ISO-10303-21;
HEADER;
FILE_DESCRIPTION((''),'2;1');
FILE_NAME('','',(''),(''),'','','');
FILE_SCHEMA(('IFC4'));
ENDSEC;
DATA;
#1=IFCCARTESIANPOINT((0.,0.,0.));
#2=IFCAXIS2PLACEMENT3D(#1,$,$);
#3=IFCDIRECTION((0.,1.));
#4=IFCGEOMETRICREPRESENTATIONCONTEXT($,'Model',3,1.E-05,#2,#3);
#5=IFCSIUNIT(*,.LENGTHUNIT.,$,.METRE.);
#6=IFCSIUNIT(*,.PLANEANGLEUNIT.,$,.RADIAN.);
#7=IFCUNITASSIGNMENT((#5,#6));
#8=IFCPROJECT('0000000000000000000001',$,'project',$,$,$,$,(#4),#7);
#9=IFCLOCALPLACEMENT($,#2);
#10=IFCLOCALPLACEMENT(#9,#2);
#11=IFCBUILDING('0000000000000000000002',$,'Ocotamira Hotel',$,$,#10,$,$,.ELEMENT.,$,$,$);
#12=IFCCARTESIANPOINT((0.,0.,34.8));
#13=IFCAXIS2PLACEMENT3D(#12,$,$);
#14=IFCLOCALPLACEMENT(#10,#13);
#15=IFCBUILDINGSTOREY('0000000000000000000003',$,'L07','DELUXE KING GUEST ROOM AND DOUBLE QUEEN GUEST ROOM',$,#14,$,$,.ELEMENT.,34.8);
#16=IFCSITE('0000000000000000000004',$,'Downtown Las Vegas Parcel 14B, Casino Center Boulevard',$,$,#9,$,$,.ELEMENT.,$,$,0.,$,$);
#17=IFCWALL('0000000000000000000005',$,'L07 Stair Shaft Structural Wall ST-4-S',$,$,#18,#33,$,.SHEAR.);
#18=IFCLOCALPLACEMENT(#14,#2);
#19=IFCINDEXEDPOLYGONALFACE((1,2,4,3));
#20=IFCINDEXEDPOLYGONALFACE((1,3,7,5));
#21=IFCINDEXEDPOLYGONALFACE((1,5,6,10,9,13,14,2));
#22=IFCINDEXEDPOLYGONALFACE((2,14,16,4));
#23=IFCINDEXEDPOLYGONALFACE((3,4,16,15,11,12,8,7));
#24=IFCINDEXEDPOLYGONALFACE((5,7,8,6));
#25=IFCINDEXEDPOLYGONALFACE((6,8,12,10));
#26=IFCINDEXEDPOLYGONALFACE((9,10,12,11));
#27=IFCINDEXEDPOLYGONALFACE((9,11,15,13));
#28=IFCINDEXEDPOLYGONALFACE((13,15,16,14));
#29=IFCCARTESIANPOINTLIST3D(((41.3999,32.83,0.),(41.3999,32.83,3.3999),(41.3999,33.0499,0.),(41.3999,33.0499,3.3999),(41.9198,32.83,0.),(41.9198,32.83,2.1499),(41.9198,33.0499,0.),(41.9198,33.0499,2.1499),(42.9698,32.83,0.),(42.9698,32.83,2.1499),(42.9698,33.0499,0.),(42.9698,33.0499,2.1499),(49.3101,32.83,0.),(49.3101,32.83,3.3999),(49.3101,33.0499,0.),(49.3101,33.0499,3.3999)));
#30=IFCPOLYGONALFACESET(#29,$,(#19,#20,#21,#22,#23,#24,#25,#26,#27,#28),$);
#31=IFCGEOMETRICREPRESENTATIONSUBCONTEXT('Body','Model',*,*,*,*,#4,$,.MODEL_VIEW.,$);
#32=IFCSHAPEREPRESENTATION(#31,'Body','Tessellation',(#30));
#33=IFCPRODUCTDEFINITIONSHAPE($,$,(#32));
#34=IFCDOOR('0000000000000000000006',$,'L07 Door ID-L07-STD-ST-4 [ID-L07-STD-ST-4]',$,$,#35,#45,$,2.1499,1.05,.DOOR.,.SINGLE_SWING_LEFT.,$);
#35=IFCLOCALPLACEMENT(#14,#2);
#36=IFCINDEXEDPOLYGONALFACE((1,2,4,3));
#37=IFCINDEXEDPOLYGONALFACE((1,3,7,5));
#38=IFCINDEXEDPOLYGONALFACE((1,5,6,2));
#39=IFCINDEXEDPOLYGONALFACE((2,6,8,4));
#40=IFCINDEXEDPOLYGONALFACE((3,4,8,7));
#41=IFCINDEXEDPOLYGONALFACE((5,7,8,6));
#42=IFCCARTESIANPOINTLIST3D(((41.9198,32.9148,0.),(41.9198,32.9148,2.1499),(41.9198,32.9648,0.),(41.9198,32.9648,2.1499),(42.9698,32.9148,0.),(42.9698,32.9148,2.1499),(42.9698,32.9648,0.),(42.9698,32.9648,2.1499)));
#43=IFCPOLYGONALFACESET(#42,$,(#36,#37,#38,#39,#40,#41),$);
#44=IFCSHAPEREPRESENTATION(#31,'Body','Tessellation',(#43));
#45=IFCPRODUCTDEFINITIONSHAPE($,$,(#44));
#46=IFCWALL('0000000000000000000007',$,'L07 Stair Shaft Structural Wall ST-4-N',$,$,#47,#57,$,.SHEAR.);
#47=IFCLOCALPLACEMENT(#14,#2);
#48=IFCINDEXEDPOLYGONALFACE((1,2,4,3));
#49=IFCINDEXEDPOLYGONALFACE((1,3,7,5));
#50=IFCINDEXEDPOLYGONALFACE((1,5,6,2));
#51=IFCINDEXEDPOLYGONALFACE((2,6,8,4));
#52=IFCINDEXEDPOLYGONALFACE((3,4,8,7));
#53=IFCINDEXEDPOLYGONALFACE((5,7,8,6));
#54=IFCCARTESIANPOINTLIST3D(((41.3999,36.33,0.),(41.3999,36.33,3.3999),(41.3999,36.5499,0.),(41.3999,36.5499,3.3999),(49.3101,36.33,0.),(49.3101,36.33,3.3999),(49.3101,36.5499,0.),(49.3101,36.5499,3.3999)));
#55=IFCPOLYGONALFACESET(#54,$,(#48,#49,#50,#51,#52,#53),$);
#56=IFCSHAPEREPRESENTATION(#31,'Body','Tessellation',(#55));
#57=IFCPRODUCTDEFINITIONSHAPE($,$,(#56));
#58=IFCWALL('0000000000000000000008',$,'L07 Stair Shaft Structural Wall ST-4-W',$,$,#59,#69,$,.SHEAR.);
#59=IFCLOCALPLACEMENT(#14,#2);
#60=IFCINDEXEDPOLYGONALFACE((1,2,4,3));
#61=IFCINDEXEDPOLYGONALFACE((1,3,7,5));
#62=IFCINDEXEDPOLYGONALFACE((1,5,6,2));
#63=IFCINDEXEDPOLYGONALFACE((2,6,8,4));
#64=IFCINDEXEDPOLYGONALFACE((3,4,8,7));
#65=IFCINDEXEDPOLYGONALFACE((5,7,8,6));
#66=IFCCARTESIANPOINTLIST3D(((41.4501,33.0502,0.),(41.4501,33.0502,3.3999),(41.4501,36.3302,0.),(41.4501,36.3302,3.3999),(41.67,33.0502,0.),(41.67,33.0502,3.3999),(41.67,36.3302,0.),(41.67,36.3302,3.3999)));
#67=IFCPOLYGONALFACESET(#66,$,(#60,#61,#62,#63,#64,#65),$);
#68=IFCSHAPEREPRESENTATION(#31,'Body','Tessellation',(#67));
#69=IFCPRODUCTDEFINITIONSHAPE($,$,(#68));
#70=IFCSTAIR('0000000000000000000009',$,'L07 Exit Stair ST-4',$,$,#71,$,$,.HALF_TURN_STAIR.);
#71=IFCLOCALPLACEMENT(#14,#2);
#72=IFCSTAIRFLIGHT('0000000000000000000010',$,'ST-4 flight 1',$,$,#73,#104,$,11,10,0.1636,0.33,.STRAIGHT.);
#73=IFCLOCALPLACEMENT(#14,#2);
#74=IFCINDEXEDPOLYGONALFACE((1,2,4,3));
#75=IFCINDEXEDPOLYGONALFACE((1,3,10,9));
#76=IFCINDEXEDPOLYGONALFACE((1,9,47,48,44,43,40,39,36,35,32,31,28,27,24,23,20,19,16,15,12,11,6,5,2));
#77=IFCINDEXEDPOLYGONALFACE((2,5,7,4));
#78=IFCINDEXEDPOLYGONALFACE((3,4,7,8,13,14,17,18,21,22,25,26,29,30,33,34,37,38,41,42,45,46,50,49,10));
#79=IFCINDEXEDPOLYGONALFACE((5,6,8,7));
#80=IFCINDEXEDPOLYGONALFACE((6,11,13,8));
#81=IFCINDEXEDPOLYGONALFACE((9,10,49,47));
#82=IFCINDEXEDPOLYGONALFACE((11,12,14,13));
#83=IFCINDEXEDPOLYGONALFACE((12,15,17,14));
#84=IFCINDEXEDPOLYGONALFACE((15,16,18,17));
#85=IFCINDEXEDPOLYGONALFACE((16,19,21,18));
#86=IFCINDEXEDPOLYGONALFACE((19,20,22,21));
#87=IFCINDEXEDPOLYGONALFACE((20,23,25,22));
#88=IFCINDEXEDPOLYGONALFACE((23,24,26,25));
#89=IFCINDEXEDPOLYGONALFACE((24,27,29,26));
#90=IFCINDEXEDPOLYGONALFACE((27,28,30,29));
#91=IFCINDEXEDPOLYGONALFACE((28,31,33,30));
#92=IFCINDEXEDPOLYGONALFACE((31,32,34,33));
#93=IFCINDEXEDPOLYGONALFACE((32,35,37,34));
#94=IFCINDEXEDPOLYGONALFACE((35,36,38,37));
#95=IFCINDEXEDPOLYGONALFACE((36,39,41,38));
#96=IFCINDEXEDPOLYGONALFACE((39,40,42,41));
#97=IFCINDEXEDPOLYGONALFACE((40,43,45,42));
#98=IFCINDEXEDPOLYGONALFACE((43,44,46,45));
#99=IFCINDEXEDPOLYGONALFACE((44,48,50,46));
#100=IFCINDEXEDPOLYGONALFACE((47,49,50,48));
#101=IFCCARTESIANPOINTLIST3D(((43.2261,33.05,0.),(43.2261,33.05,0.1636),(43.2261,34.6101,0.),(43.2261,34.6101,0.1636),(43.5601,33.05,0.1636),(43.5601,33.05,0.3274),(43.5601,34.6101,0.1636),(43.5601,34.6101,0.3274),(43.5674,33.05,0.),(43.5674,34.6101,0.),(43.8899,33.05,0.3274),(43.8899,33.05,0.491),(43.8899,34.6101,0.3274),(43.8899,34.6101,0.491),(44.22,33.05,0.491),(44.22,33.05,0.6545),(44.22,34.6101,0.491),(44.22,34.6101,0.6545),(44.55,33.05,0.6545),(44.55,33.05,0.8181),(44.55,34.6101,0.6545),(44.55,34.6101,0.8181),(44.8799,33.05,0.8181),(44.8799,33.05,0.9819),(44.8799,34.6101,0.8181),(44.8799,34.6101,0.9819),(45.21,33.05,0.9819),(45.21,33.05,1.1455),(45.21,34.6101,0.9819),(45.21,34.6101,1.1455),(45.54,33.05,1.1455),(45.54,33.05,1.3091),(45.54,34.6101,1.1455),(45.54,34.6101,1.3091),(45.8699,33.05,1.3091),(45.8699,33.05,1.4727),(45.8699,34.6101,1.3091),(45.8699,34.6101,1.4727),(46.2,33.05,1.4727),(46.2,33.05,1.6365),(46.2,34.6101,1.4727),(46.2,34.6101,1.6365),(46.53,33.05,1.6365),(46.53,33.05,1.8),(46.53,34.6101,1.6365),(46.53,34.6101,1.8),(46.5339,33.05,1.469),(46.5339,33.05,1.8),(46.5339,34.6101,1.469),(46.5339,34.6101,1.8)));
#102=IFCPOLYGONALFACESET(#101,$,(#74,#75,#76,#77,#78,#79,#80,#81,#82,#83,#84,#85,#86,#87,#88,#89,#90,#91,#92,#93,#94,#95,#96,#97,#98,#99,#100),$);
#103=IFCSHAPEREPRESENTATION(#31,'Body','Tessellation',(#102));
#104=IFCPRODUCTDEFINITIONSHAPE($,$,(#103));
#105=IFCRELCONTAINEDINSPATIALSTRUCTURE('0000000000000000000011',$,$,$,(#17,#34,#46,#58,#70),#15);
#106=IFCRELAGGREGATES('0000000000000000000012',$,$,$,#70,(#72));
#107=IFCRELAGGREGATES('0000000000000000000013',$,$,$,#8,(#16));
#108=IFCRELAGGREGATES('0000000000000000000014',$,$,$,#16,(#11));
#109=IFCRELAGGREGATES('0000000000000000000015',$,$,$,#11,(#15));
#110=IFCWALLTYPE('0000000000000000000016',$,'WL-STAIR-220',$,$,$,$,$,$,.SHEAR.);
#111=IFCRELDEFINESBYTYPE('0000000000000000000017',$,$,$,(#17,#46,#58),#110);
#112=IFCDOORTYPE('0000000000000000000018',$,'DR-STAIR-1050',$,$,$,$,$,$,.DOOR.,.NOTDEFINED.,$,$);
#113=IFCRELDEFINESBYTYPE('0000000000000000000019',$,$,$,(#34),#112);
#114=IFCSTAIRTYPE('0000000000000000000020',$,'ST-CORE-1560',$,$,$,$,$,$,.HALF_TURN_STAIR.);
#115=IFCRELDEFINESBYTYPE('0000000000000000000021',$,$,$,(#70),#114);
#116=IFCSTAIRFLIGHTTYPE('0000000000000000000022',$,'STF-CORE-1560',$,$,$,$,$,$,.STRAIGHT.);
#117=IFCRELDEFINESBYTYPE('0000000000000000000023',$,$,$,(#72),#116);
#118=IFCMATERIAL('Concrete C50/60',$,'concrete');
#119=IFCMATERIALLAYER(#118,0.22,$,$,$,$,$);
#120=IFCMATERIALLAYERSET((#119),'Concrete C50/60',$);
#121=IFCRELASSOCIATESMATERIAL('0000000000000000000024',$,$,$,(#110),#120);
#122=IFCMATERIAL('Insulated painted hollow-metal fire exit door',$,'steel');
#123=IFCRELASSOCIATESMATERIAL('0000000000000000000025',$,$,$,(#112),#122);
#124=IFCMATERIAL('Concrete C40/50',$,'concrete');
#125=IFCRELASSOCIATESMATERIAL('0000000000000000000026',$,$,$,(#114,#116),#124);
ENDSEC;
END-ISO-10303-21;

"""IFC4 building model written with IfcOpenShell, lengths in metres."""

from ifc_helpers import new_model, si_unit, direction, frame, frame_2d, origin, place, context, subcontext, project, spatial, polyline, rectangle, outline, extrude, source, transform, mapped, material, layer, layer_set, type_object, element, fill, aggregate, save


model = new_model("IFC4")

# Units and contexts
model_context = context("Model", 3, precision=1e-05, world=origin(), true_north=direction((0.0, 1.0)))
body_context = subcontext(model_context, "Body", "Model", "MODEL_VIEW")
ifc_project = project(units=[si_unit("LENGTHUNIT", "METRE"), si_unit("PLANEANGLEUNIT", "RADIAN")], contexts=[model_context])

# Site, building, storey
site_placement = place(None, origin())
site = spatial("IfcSite", under=ifc_project, at=site_placement, Name="Downtown Las Vegas Parcel 14B, Casino Center Boulevard", CompositionType="ELEMENT", RefElevation=0.0)
building_placement = place(site_placement, origin())
building = spatial("IfcBuilding", under=site, at=building_placement, Name="Ocotamira Hotel", CompositionType="ELEMENT")
storey_placement = place(building_placement, frame((0.0, 0.0, 34.8)))
storey = spatial("IfcBuildingStorey", under=building, at=storey_placement, Name="L07", Description="DELUXE KING GUEST ROOM AND DOUBLE QUEEN GUEST ROOM", CompositionType="ELEMENT", Elevation=34.8)

# Wall, opening, door
ifc_material_1 = material(Name="Concrete C50/60", Category="concrete")
ifc_layer_1 = layer(ifc_material_1, 0.22)
ifc_layer_set_1 = layer_set([ifc_layer_1], Name="Concrete C50/60")
wall_type_1 = type_object("IfcWallType", Name="WL-STAIR-220", PredefinedType="SHEAR", material=ifc_layer_set_1)
wall_1_placement = place(storey_placement, frame((41.3999, 32.9399, 0.0), z_axis=(0.0, 0.0, 1.0), x_axis=(1.0, 0.0, 0.0)))
wall_1 = element("IfcWall", 1, at=wall_1_placement, inside=storey, type_object=wall_type_1, Name="L07 Stair Shaft Structural Wall ST-4-S", PredefinedType="SHEAR", context=body_context, shape_type="SweptSolid", body=[
    extrude(rectangle(XDim=7.9102, YDim=0.22, at=frame_2d((3.9551, 0.0))), origin(), (0.0, 0.0, 1.0), 3.3999),
])
opening_1_placement = place(wall_1_placement, frame((0.52, 0.0, 0.0)))
opening_1 = element("IfcOpeningElement", 2, at=opening_1_placement, cuts=wall_1, PredefinedType="OPENING", context=body_context, shape_type="SweptSolid", body=[
    extrude(rectangle(XDim=1.05, YDim=2.1499, at=frame_2d((0.5249, 1.075))), frame((0.0, 0.1201, 0.0), z_axis=(0.0, -1.0, 0.0), x_axis=(1.0, 0.0, 0.0)), (0.0, 0.0, 1.0), 0.24),
])
ifc_material_2 = material(Name="Insulated painted hollow-metal fire exit door", Category="steel")
door_type_1 = type_object("IfcDoorType", Name="DR-STAIR-1050", OperationType="NOTDEFINED", PredefinedType="DOOR", material=ifc_material_2)
shared_shape_1 = source(origin(), body_context, "Body", "SweptSolid", [
    extrude(rectangle(XDim=1.05, YDim=2.1499, at=frame_2d((0.5249, 1.075))), frame((0.0, 0.0249, 0.0), z_axis=(0.0, -1.0, 0.0), x_axis=(1.0, 0.0, 0.0)), (0.0, 0.0, 1.0), 0.05),
])
door_1_placement = place(opening_1_placement, origin())
door_1 = element("IfcDoor", 3, at=door_1_placement, inside=storey, type_object=door_type_1, Name="L07 Door ID-L07-STD-ST-4 [ID-L07-STD-ST-4]", OperationType="SINGLE_SWING_LEFT", OverallHeight=2.1499, OverallWidth=1.05, PredefinedType="DOOR", context=body_context, shape_type="MappedRepresentation", body=[
    mapped(shared_shape_1, transform((0.0, 0.0, 0.0), scale=1.0)),
])
fill(opening_1, door_1)

# Walls
wall_2_placement = place(storey_placement, frame((41.3999, 36.4399, 0.0), z_axis=(0.0, 0.0, 1.0), x_axis=(1.0, 0.0, 0.0)))
element("IfcWall", 4, at=wall_2_placement, inside=storey, type_object=wall_type_1, Name="L07 Stair Shaft Structural Wall ST-4-N", PredefinedType="SHEAR", context=body_context, shape_type="SweptSolid", body=[
    extrude(rectangle(XDim=7.9102, YDim=0.22, at=frame_2d((3.9551, 0.0))), origin(), (0.0, 0.0, 1.0), 3.3999),
])
wall_3_placement = place(storey_placement, frame((41.5601, 33.05, 0.0), z_axis=(0.0, 0.0, 1.0), x_axis=(0.0, 1.0, 0.0)))
element("IfcWall", 5, at=wall_3_placement, inside=storey, type_object=wall_type_1, Name="L07 Stair Shaft Structural Wall ST-4-W", PredefinedType="SHEAR", context=body_context, shape_type="SweptSolid", body=[
    extrude(rectangle(XDim=3.28, YDim=0.22, at=frame_2d((1.6401, 0.0))), origin(), (0.0, 0.0, 1.0), 3.3999),
])

# Stair, stair flight
ifc_material_3 = material(Name="Concrete C40/50", Category="concrete")
stair_type = type_object("IfcStairType", Name="ST-CORE-1560", PredefinedType="HALF_TURN_STAIR", material=ifc_material_3)
stair_placement = place(storey_placement, origin())
stair = element("IfcStair", 6, at=stair_placement, inside=storey, type_object=stair_type, Name="L07 Exit Stair ST-4", PredefinedType="HALF_TURN_STAIR")
stair_flight_type = type_object("IfcStairFlightType", Name="STF-CORE-1560", PredefinedType="STRAIGHT", material=ifc_material_3)
shared_shape_2 = source(origin(), body_context, "Body", "SweptSolid", [
    extrude(outline(polyline([(-0.0039, 0.0), (-0.0039, 0.1636), (0.3301, 0.1636), (0.3301, 0.3274), (0.6599, 0.3274), (0.6599, 0.491), (0.99, 0.491), (0.99, 0.6545), (1.3201, 0.6545), (1.3201, 0.8181), (1.6499, 0.8181), (1.6499, 0.9819), (1.98, 0.9819), (1.98, 1.1455), (2.3101, 1.1455), (2.3101, 1.3091), (2.6399, 1.3091), (2.6399, 1.4727), (2.97, 1.4727), (2.97, 1.6365), (3.3, 1.6365), (3.3, 1.8), (3.304, 1.8), (3.304, 1.469), (0.3374, 0.0), (-0.0039, 0.0)])), frame((0.0, 0.78, 0.0), z_axis=(0.0, -1.0, 0.0), x_axis=(1.0, 0.0, 0.0)), (0.0, 0.0, 1.0), 1.5601),
])
stair_flight_placement = place(storey_placement, frame((43.23, 33.8301, 0.0), z_axis=(0.0, 0.0, 1.0), x_axis=(1.0, 0.0, 0.0)))
stair_flight = element("IfcStairFlight", 7, at=stair_flight_placement, type_object=stair_flight_type, Name="ST-4 flight 1", NumberOfRisers=11, NumberOfTreads=10, PredefinedType="STRAIGHT", RiserHeight=0.1636, TreadLength=0.33, context=body_context, shape_type="MappedRepresentation", body=[
    mapped(shared_shape_2, transform((0.0, 0.0, 0.0), scale=1.0)),
])
aggregate(stair, [stair_flight])

save(model, "model.ifc")
